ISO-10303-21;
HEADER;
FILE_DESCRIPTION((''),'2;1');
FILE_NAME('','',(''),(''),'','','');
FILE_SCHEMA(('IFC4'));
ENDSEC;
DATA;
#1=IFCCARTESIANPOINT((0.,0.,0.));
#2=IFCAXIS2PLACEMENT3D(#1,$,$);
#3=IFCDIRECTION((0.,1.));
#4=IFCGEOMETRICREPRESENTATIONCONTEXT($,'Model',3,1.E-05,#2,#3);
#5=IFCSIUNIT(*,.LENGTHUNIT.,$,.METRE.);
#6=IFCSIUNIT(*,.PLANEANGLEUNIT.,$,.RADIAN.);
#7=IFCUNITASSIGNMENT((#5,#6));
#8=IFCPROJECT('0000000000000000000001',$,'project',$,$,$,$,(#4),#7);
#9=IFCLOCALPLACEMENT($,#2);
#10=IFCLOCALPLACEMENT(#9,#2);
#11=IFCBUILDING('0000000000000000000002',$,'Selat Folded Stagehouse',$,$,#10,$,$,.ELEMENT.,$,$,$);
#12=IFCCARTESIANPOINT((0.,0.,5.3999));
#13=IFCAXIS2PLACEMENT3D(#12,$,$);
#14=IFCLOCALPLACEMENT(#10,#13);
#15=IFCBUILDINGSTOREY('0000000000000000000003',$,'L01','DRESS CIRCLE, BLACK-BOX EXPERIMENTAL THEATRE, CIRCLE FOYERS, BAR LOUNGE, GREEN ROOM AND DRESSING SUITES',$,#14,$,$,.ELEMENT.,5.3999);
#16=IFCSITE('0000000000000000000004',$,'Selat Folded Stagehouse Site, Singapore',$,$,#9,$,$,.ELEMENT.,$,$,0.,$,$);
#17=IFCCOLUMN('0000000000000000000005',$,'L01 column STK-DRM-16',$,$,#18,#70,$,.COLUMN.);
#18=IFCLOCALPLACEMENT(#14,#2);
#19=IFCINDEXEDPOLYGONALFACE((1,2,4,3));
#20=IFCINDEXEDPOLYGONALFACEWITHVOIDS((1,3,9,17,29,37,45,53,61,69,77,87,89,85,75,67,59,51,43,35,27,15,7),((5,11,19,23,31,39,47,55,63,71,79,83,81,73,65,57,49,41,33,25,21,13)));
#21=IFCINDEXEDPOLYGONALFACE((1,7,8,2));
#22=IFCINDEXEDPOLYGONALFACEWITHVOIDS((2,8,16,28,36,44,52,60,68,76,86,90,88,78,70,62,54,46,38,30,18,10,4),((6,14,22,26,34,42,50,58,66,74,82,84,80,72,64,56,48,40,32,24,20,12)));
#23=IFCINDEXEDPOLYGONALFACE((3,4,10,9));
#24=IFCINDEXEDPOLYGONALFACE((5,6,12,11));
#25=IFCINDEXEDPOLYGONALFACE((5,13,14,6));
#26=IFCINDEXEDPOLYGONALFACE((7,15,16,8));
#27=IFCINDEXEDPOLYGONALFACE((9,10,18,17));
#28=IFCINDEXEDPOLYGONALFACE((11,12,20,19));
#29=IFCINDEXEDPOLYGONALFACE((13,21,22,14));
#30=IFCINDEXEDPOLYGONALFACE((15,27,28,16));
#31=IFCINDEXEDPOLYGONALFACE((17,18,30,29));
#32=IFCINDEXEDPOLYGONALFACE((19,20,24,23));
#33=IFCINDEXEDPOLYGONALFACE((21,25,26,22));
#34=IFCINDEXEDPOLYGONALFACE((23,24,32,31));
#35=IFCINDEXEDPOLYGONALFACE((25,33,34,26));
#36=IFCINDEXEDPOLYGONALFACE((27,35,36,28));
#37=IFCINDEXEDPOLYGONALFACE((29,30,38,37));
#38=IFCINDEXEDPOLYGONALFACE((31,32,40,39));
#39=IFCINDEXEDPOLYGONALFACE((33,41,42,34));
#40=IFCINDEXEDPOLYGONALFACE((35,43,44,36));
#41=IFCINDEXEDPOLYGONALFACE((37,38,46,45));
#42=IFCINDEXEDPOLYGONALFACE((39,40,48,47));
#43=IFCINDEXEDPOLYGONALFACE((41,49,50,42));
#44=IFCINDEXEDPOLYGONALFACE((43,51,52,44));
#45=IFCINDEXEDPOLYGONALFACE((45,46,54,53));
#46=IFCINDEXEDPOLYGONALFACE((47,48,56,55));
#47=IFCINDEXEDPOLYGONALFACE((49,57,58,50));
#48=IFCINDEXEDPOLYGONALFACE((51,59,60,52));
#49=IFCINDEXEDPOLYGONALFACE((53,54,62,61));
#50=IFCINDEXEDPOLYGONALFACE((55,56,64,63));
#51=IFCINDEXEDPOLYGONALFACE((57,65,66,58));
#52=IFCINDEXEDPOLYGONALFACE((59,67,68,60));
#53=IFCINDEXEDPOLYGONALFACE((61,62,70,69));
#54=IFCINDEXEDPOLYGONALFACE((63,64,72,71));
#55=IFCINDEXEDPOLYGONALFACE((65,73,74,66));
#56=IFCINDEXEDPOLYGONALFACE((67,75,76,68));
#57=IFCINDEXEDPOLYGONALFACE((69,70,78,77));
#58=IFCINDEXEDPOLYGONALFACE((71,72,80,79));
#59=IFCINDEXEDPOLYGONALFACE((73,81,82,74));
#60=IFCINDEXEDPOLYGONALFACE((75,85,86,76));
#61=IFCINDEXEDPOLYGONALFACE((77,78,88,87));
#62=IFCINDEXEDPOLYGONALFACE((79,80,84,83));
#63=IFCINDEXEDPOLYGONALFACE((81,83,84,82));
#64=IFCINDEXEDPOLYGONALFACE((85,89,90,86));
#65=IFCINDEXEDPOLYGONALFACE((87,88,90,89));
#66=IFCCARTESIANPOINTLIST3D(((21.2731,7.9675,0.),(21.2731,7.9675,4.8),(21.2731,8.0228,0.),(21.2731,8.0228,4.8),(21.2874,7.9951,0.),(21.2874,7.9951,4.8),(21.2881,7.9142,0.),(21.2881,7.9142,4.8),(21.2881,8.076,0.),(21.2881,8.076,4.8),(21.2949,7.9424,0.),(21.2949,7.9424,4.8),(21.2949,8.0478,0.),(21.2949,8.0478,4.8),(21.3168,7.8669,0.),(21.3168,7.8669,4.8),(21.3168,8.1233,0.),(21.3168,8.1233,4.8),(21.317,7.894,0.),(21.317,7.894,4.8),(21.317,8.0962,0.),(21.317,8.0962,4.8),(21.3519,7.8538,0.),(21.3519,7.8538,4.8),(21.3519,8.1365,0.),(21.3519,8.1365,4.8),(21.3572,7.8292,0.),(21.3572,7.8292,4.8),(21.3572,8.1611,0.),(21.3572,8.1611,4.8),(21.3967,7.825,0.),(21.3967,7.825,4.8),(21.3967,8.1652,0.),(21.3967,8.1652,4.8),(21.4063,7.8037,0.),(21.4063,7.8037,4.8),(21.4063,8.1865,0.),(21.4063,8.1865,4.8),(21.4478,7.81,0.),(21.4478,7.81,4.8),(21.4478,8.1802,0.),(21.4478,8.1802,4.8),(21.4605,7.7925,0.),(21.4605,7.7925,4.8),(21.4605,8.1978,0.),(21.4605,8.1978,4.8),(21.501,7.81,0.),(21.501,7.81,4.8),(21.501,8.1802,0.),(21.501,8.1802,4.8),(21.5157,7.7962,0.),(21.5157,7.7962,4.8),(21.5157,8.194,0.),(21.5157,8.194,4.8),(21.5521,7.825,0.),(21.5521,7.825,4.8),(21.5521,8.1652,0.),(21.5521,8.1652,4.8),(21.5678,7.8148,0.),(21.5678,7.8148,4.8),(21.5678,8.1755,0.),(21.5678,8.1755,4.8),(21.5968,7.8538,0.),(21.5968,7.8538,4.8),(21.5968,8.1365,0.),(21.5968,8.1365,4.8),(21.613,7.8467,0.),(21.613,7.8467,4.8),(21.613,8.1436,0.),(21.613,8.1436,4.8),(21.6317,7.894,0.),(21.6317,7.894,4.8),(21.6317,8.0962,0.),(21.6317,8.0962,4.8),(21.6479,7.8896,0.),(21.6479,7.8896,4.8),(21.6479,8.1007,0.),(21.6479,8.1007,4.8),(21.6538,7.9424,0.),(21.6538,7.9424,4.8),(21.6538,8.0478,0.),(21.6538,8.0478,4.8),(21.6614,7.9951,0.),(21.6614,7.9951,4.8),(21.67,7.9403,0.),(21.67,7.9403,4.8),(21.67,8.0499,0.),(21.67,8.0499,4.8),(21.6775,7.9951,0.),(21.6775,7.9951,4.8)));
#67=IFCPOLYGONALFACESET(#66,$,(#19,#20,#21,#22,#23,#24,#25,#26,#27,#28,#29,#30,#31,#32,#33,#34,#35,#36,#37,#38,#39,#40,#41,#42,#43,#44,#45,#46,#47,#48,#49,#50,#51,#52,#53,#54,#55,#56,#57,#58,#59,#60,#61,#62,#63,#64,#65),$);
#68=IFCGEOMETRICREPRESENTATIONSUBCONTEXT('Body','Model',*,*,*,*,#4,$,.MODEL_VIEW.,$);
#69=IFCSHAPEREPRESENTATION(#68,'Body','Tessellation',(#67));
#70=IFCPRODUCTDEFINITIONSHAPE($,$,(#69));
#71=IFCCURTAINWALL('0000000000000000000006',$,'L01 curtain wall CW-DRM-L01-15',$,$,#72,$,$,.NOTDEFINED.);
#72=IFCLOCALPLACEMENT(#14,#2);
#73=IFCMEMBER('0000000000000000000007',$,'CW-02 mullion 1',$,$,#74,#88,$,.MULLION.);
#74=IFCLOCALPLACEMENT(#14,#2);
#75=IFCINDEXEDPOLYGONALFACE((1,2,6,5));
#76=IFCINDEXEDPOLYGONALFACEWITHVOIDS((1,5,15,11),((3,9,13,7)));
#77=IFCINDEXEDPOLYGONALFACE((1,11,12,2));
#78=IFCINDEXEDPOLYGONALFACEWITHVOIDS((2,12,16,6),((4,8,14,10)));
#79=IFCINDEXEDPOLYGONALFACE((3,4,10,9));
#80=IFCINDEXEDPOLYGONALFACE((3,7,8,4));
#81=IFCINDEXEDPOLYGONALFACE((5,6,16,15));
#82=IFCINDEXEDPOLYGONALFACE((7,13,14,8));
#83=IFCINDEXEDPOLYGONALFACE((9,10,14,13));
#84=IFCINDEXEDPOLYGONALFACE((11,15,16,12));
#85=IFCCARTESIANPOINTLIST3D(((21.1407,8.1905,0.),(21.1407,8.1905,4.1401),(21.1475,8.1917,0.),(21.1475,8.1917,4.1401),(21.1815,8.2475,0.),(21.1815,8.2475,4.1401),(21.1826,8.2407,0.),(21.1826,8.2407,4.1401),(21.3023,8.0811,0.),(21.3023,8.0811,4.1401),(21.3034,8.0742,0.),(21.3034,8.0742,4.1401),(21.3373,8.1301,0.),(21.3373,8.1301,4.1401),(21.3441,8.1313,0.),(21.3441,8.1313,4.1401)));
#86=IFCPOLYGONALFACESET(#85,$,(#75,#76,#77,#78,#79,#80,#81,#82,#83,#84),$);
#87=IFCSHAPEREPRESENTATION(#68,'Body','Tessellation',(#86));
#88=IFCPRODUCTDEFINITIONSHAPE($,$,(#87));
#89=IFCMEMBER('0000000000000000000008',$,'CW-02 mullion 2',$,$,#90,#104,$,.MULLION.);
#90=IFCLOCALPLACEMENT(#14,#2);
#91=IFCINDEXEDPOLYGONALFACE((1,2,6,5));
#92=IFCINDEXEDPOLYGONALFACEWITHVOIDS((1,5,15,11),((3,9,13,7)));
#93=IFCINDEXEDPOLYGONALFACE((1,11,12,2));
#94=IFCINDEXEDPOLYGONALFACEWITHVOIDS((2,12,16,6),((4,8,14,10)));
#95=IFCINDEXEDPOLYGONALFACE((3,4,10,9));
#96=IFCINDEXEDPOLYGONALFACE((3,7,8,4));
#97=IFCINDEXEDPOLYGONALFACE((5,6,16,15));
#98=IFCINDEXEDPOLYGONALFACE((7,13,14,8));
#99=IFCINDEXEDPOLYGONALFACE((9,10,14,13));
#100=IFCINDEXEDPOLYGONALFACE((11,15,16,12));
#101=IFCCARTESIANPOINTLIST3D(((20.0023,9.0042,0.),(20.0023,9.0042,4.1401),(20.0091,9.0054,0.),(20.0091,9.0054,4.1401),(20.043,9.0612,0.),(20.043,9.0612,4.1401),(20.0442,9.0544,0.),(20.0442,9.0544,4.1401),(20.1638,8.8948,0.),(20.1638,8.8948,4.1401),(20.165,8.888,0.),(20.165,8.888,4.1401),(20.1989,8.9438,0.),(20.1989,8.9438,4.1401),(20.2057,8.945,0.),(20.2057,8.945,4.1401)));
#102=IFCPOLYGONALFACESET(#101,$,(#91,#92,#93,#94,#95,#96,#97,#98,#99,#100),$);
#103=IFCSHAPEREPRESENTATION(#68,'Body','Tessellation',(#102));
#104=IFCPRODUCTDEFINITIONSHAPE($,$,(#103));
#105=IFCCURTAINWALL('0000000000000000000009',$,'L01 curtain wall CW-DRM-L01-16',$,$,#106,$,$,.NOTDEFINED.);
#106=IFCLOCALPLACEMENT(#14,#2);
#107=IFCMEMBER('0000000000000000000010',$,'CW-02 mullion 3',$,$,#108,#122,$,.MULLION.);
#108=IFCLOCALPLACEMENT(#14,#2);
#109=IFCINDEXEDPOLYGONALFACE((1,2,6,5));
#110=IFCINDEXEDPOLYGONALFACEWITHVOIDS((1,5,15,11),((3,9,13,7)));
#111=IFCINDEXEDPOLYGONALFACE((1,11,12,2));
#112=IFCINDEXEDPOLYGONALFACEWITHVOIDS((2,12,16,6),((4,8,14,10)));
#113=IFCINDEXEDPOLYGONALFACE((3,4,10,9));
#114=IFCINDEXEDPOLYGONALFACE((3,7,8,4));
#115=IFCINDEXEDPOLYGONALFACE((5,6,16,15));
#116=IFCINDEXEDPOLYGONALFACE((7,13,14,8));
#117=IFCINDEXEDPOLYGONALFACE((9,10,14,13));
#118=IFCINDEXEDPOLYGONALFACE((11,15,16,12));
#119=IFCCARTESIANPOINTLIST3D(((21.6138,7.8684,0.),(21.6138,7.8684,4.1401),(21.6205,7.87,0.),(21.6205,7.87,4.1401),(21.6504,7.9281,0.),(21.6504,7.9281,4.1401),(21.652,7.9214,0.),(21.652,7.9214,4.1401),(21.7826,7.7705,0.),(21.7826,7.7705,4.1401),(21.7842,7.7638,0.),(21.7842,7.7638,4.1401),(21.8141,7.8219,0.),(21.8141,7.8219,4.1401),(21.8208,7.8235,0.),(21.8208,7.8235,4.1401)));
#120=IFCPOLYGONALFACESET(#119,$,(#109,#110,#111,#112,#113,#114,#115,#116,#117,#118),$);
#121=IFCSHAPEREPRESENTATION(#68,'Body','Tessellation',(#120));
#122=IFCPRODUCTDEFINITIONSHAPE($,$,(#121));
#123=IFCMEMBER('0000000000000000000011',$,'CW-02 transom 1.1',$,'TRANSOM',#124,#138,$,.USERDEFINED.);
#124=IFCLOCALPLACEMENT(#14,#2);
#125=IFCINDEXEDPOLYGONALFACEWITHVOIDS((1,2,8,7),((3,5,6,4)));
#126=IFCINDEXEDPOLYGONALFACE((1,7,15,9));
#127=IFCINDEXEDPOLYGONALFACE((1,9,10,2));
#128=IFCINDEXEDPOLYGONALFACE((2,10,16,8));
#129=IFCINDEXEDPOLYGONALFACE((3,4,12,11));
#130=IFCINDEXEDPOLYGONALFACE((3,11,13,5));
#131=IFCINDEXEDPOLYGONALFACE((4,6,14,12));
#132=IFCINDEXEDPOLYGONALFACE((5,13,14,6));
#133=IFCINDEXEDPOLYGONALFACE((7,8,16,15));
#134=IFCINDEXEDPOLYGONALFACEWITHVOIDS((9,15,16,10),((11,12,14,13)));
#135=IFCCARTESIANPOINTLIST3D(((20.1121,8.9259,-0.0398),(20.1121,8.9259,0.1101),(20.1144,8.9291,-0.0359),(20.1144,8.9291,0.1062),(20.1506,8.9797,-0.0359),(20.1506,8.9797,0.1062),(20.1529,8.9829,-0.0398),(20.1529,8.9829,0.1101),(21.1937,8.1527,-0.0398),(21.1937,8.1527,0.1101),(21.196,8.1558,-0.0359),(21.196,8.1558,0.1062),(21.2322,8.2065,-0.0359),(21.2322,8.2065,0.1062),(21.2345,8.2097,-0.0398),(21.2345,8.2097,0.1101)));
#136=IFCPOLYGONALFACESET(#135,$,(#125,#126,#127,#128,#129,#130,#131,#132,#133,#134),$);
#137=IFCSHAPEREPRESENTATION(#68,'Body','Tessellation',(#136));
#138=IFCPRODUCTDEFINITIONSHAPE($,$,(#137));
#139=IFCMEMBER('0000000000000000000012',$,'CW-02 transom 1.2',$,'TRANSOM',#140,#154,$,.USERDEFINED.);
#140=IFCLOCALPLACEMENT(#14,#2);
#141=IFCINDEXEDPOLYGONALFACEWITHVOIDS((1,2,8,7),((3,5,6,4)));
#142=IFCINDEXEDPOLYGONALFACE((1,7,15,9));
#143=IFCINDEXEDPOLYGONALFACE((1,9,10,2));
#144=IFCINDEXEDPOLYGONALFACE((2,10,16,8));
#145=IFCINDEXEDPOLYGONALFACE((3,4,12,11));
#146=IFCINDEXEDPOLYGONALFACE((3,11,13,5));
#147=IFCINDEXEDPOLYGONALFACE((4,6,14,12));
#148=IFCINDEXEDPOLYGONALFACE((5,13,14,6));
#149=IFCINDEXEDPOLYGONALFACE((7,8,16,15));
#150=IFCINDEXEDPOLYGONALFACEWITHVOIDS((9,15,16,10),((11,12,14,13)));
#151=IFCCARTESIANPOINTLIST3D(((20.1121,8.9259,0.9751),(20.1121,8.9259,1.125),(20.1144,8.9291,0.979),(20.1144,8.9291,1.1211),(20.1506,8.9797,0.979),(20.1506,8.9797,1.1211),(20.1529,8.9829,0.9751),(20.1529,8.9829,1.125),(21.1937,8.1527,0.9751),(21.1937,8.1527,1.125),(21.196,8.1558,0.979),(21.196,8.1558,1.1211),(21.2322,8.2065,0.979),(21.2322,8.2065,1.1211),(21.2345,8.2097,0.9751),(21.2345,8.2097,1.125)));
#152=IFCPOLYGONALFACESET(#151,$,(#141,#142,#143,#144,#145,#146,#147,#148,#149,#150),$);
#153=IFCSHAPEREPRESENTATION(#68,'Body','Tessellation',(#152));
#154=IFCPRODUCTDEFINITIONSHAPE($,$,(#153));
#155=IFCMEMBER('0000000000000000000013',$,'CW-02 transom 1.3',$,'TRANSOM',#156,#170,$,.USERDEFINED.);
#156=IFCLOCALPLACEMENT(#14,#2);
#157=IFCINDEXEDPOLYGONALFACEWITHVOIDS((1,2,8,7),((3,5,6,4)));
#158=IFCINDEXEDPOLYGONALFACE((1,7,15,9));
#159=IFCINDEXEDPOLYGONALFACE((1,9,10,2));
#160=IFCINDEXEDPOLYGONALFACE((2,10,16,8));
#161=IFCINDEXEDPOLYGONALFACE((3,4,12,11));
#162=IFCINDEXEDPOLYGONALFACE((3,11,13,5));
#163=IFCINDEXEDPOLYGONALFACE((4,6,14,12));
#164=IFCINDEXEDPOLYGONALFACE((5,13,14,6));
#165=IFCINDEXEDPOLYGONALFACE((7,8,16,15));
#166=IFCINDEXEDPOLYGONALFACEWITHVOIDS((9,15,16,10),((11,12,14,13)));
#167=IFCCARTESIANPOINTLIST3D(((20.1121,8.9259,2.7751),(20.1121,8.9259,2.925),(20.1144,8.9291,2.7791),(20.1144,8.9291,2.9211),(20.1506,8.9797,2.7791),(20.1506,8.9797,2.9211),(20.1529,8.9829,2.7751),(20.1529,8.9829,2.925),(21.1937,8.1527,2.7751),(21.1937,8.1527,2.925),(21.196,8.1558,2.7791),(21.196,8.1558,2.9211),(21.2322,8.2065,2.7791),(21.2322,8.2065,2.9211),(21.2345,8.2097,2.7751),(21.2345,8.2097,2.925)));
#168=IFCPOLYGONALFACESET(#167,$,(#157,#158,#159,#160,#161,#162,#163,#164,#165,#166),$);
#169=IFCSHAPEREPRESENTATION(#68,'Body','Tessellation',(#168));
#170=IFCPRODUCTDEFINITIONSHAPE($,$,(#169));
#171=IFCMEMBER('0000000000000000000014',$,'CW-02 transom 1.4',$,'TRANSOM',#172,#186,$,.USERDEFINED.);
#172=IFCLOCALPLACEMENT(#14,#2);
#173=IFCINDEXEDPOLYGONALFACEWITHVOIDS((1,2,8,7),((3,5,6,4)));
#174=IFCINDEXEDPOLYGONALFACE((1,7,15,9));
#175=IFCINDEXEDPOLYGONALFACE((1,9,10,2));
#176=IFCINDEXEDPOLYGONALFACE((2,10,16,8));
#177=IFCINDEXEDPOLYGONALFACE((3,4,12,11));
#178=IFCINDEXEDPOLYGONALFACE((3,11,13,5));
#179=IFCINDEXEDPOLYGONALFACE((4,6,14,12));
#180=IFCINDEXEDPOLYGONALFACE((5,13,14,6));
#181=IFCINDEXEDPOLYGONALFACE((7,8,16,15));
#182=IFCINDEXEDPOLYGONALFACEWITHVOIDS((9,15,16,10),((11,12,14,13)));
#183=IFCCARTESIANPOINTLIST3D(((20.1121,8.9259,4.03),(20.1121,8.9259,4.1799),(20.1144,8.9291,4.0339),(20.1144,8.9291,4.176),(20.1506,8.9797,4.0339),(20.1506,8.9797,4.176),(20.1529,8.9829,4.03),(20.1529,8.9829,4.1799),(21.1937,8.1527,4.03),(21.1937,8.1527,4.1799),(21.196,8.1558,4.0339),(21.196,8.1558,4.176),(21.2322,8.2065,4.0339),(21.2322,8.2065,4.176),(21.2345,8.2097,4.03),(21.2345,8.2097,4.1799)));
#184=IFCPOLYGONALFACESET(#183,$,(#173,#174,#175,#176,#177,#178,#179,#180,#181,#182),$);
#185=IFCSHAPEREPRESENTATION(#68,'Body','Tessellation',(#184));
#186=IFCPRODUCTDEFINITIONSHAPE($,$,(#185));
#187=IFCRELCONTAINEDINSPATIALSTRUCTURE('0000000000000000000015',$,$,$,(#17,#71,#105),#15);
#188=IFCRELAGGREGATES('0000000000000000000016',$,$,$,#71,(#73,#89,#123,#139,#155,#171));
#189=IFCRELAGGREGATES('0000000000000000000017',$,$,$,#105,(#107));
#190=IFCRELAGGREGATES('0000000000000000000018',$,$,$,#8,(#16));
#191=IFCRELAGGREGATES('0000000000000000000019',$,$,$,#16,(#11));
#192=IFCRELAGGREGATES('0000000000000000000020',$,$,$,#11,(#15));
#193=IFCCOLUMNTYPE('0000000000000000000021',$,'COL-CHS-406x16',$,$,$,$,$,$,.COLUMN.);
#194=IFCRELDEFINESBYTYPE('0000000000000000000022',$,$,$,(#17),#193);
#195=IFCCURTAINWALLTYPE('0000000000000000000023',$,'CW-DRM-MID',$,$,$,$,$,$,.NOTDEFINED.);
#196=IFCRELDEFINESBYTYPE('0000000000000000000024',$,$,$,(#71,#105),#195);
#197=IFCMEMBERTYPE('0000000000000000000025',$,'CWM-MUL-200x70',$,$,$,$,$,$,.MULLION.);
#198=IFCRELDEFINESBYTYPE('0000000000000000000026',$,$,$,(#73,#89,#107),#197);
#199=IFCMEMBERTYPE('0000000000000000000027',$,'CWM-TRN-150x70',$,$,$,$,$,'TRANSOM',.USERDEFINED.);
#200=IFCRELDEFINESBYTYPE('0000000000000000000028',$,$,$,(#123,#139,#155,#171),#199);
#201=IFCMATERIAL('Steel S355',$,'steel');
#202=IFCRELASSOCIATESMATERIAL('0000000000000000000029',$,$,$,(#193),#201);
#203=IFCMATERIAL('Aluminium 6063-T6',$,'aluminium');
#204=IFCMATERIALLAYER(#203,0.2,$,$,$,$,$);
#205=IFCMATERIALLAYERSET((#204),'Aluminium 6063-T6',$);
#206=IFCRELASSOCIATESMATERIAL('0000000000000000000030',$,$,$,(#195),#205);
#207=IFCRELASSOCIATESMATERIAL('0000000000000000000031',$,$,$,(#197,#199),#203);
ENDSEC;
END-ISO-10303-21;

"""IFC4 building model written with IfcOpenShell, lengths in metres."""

from ifc_helpers import new_model, si_unit, direction, frame, origin, origin_2d, place, context, subcontext, project, spatial, hollow_rectangle, hollow_circle, extrude, material, layer, layer_set, material_profile, profile_set, type_object, element, aggregate, save


model = new_model("IFC4")

# Units and contexts
model_context = context("Model", 3, precision=1e-05, world=origin(), true_north=direction((0.0, 1.0)))
body_context = subcontext(model_context, "Body", "Model", "MODEL_VIEW")
ifc_project = project(units=[si_unit("LENGTHUNIT", "METRE"), si_unit("PLANEANGLEUNIT", "RADIAN")], contexts=[model_context])

# Site, building, storey
site_placement = place(None, origin())
site = spatial("IfcSite", under=ifc_project, at=site_placement, Name="Selat Folded Stagehouse Site, Singapore", CompositionType="ELEMENT", RefElevation=0.0)
building_placement = place(site_placement, origin())
building = spatial("IfcBuilding", under=site, at=building_placement, Name="Selat Folded Stagehouse", CompositionType="ELEMENT")
storey_placement = place(building_placement, frame((0.0, 0.0, 5.3999)))
storey = spatial("IfcBuildingStorey", under=building, at=storey_placement, Name="L01", Description="DRESS CIRCLE, BLACK-BOX EXPERIMENTAL THEATRE, CIRCLE FOYERS, BAR LOUNGE, GREEN ROOM AND DRESSING SUITES", CompositionType="ELEMENT", Elevation=5.3999)

# Column
ifc_material_1 = material(Name="Steel S355", Category="steel")
ifc_material_profile_1 = material_profile(ifc_material_1, hollow_circle(Radius=0.2031, WallThickness=0.0161, at=origin_2d()), Name="CHS 406.4x16.0")
ifc_profile_set_1 = profile_set([ifc_material_profile_1], Name="Steel S355")
column_type = type_object("IfcColumnType", Name="COL-CHS-406x16", PredefinedType="COLUMN", material=ifc_profile_set_1)
column_placement = place(storey_placement, frame((21.4744, 7.9951, 0.0), z_axis=(0.0, 0.0, 1.0), x_axis=(1.0, 0.0, 0.0)))
element("IfcColumn", 1, at=column_placement, inside=storey, type_object=column_type, Name="L01 column STK-DRM-16", PredefinedType="COLUMN", context=body_context, shape_type="SweptSolid", body=[
    extrude(hollow_circle(Radius=0.2031, WallThickness=0.0161, at=origin_2d()), origin(), (0.0, 0.0, 1.0), 4.8),
])

# Curtain wall, members
ifc_material_2 = material(Name="Aluminium 6063-T6", Category="aluminium")
ifc_layer_1 = layer(ifc_material_2, 0.2)
ifc_layer_set_1 = layer_set([ifc_layer_1], Name="Aluminium 6063-T6")
curtain_wall_type = type_object("IfcCurtainWallType", Name="CW-DRM-MID", PredefinedType="NOTDEFINED", material=ifc_layer_set_1)
curtain_wall_1_placement = place(storey_placement, origin())
curtain_wall_1 = element("IfcCurtainWall", 2, at=curtain_wall_1_placement, inside=storey, type_object=curtain_wall_type, Name="L01 curtain wall CW-DRM-L01-15", PredefinedType="NOTDEFINED")
ifc_material_profile_2 = material_profile(ifc_material_2, hollow_rectangle(XDim=0.0701, YDim=0.2, WallThickness=0.0049, at=origin_2d()), Name="ALU 200x70x5.0")
ifc_profile_set_2 = profile_set([ifc_material_profile_2], Name="Aluminium 6063-T6")
member_type_1 = type_object("IfcMemberType", Name="CWM-MUL-200x70", PredefinedType="MULLION", material=ifc_profile_set_2)
member_1_placement = place(storey_placement, frame((21.2424, 8.1609, 0.0), z_axis=(0.0, 0.0, 1.0), x_axis=(-0.581528, -0.813526, 0.0)))
member_1 = element("IfcMember", 3, at=member_1_placement, type_object=member_type_1, Name="CW-02 mullion 1", PredefinedType="MULLION", context=body_context, shape_type="SweptSolid", body=[
    extrude(hollow_rectangle(XDim=0.0701, YDim=0.2, WallThickness=0.0049, at=origin_2d()), origin(), (0.0, 0.0, 1.0), 4.1401),
])
member_2_placement = place(storey_placement, frame((20.104, 8.9746, 0.0), z_axis=(0.0, 0.0, 1.0), x_axis=(-0.581528, -0.813526, 0.0)))
member_2 = element("IfcMember", 4, at=member_2_placement, type_object=member_type_1, Name="CW-02 mullion 2", PredefinedType="MULLION", context=body_context, shape_type="SweptSolid", body=[
    extrude(hollow_rectangle(XDim=0.0701, YDim=0.2, WallThickness=0.0049, at=origin_2d()), origin(), (0.0, 0.0, 1.0), 4.1401),
])

# Curtain wall, member
curtain_wall_2_placement = place(storey_placement, origin())
curtain_wall_2 = element("IfcCurtainWall", 5, at=curtain_wall_2_placement, inside=storey, type_object=curtain_wall_type, Name="L01 curtain wall CW-DRM-L01-16", PredefinedType="NOTDEFINED")
member_3_placement = place(storey_placement, frame((21.7173, 7.8459, 0.0), z_axis=(0.0, 0.0, 1.0), x_axis=(-0.523025, -0.852317, 0.0)))
member_3 = element("IfcMember", 6, at=member_3_placement, type_object=member_type_1, Name="CW-02 mullion 3", PredefinedType="MULLION", context=body_context, shape_type="SweptSolid", body=[
    extrude(hollow_rectangle(XDim=0.0701, YDim=0.2, WallThickness=0.0049, at=origin_2d()), origin(), (0.0, 0.0, 1.0), 4.1401),
])

# Members
ifc_material_profile_3 = material_profile(ifc_material_2, hollow_rectangle(XDim=0.0701, YDim=0.1499, WallThickness=0.0039, at=origin_2d()), Name="ALU 150x70x4.0")
ifc_profile_set_3 = profile_set([ifc_material_profile_3], Name="Aluminium 6063-T6")
member_type_2 = type_object("IfcMemberType", Name="CWM-TRN-150x70", ElementType="TRANSOM", PredefinedType="USERDEFINED", material=ifc_profile_set_3)
member_4_placement = place(storey_placement, frame((21.2141, 8.1812, 0.0352), z_axis=(-0.813498, 0.581568, 0.0), x_axis=(-0.581568, -0.813498, 0.0)))
member_4 = element("IfcMember", 7, at=member_4_placement, type_object=member_type_2, Name="CW-02 transom 1.1", ObjectType="TRANSOM", PredefinedType="USERDEFINED", context=body_context, shape_type="SweptSolid", body=[
    extrude(hollow_rectangle(XDim=0.0701, YDim=0.1499, WallThickness=0.0039, at=origin_2d()), origin(), (0.0, 0.0, 1.0), 1.3296),
])
member_5_placement = place(storey_placement, frame((21.2141, 8.1812, 1.05), z_axis=(-0.813498, 0.581568, 0.0), x_axis=(-0.581568, -0.813498, 0.0)))
member_5 = element("IfcMember", 8, at=member_5_placement, type_object=member_type_2, Name="CW-02 transom 1.2", ObjectType="TRANSOM", PredefinedType="USERDEFINED", context=body_context, shape_type="SweptSolid", body=[
    extrude(hollow_rectangle(XDim=0.0701, YDim=0.1499, WallThickness=0.0039, at=origin_2d()), origin(), (0.0, 0.0, 1.0), 1.3296),
])
member_6_placement = place(storey_placement, frame((21.2141, 8.1812, 2.8501), z_axis=(-0.813498, 0.581568, 0.0), x_axis=(-0.581568, -0.813498, 0.0)))
member_6 = element("IfcMember", 9, at=member_6_placement, type_object=member_type_2, Name="CW-02 transom 1.3", ObjectType="TRANSOM", PredefinedType="USERDEFINED", context=body_context, shape_type="SweptSolid", body=[
    extrude(hollow_rectangle(XDim=0.0701, YDim=0.1499, WallThickness=0.0039, at=origin_2d()), origin(), (0.0, 0.0, 1.0), 1.3296),
])
member_7_placement = place(storey_placement, frame((21.2141, 8.1812, 4.105), z_axis=(-0.813498, 0.581568, 0.0), x_axis=(-0.581568, -0.813498, 0.0)))
member_7 = element("IfcMember", 10, at=member_7_placement, type_object=member_type_2, Name="CW-02 transom 1.4", ObjectType="TRANSOM", PredefinedType="USERDEFINED", context=body_context, shape_type="SweptSolid", body=[
    extrude(hollow_rectangle(XDim=0.0701, YDim=0.1499, WallThickness=0.0039, at=origin_2d()), origin(), (0.0, 0.0, 1.0), 1.3296),
])

aggregate(curtain_wall_1, [member_1, member_2, member_4, member_5, member_6, member_7])
aggregate(curtain_wall_2, [member_3])

save(model, "model.ifc")
